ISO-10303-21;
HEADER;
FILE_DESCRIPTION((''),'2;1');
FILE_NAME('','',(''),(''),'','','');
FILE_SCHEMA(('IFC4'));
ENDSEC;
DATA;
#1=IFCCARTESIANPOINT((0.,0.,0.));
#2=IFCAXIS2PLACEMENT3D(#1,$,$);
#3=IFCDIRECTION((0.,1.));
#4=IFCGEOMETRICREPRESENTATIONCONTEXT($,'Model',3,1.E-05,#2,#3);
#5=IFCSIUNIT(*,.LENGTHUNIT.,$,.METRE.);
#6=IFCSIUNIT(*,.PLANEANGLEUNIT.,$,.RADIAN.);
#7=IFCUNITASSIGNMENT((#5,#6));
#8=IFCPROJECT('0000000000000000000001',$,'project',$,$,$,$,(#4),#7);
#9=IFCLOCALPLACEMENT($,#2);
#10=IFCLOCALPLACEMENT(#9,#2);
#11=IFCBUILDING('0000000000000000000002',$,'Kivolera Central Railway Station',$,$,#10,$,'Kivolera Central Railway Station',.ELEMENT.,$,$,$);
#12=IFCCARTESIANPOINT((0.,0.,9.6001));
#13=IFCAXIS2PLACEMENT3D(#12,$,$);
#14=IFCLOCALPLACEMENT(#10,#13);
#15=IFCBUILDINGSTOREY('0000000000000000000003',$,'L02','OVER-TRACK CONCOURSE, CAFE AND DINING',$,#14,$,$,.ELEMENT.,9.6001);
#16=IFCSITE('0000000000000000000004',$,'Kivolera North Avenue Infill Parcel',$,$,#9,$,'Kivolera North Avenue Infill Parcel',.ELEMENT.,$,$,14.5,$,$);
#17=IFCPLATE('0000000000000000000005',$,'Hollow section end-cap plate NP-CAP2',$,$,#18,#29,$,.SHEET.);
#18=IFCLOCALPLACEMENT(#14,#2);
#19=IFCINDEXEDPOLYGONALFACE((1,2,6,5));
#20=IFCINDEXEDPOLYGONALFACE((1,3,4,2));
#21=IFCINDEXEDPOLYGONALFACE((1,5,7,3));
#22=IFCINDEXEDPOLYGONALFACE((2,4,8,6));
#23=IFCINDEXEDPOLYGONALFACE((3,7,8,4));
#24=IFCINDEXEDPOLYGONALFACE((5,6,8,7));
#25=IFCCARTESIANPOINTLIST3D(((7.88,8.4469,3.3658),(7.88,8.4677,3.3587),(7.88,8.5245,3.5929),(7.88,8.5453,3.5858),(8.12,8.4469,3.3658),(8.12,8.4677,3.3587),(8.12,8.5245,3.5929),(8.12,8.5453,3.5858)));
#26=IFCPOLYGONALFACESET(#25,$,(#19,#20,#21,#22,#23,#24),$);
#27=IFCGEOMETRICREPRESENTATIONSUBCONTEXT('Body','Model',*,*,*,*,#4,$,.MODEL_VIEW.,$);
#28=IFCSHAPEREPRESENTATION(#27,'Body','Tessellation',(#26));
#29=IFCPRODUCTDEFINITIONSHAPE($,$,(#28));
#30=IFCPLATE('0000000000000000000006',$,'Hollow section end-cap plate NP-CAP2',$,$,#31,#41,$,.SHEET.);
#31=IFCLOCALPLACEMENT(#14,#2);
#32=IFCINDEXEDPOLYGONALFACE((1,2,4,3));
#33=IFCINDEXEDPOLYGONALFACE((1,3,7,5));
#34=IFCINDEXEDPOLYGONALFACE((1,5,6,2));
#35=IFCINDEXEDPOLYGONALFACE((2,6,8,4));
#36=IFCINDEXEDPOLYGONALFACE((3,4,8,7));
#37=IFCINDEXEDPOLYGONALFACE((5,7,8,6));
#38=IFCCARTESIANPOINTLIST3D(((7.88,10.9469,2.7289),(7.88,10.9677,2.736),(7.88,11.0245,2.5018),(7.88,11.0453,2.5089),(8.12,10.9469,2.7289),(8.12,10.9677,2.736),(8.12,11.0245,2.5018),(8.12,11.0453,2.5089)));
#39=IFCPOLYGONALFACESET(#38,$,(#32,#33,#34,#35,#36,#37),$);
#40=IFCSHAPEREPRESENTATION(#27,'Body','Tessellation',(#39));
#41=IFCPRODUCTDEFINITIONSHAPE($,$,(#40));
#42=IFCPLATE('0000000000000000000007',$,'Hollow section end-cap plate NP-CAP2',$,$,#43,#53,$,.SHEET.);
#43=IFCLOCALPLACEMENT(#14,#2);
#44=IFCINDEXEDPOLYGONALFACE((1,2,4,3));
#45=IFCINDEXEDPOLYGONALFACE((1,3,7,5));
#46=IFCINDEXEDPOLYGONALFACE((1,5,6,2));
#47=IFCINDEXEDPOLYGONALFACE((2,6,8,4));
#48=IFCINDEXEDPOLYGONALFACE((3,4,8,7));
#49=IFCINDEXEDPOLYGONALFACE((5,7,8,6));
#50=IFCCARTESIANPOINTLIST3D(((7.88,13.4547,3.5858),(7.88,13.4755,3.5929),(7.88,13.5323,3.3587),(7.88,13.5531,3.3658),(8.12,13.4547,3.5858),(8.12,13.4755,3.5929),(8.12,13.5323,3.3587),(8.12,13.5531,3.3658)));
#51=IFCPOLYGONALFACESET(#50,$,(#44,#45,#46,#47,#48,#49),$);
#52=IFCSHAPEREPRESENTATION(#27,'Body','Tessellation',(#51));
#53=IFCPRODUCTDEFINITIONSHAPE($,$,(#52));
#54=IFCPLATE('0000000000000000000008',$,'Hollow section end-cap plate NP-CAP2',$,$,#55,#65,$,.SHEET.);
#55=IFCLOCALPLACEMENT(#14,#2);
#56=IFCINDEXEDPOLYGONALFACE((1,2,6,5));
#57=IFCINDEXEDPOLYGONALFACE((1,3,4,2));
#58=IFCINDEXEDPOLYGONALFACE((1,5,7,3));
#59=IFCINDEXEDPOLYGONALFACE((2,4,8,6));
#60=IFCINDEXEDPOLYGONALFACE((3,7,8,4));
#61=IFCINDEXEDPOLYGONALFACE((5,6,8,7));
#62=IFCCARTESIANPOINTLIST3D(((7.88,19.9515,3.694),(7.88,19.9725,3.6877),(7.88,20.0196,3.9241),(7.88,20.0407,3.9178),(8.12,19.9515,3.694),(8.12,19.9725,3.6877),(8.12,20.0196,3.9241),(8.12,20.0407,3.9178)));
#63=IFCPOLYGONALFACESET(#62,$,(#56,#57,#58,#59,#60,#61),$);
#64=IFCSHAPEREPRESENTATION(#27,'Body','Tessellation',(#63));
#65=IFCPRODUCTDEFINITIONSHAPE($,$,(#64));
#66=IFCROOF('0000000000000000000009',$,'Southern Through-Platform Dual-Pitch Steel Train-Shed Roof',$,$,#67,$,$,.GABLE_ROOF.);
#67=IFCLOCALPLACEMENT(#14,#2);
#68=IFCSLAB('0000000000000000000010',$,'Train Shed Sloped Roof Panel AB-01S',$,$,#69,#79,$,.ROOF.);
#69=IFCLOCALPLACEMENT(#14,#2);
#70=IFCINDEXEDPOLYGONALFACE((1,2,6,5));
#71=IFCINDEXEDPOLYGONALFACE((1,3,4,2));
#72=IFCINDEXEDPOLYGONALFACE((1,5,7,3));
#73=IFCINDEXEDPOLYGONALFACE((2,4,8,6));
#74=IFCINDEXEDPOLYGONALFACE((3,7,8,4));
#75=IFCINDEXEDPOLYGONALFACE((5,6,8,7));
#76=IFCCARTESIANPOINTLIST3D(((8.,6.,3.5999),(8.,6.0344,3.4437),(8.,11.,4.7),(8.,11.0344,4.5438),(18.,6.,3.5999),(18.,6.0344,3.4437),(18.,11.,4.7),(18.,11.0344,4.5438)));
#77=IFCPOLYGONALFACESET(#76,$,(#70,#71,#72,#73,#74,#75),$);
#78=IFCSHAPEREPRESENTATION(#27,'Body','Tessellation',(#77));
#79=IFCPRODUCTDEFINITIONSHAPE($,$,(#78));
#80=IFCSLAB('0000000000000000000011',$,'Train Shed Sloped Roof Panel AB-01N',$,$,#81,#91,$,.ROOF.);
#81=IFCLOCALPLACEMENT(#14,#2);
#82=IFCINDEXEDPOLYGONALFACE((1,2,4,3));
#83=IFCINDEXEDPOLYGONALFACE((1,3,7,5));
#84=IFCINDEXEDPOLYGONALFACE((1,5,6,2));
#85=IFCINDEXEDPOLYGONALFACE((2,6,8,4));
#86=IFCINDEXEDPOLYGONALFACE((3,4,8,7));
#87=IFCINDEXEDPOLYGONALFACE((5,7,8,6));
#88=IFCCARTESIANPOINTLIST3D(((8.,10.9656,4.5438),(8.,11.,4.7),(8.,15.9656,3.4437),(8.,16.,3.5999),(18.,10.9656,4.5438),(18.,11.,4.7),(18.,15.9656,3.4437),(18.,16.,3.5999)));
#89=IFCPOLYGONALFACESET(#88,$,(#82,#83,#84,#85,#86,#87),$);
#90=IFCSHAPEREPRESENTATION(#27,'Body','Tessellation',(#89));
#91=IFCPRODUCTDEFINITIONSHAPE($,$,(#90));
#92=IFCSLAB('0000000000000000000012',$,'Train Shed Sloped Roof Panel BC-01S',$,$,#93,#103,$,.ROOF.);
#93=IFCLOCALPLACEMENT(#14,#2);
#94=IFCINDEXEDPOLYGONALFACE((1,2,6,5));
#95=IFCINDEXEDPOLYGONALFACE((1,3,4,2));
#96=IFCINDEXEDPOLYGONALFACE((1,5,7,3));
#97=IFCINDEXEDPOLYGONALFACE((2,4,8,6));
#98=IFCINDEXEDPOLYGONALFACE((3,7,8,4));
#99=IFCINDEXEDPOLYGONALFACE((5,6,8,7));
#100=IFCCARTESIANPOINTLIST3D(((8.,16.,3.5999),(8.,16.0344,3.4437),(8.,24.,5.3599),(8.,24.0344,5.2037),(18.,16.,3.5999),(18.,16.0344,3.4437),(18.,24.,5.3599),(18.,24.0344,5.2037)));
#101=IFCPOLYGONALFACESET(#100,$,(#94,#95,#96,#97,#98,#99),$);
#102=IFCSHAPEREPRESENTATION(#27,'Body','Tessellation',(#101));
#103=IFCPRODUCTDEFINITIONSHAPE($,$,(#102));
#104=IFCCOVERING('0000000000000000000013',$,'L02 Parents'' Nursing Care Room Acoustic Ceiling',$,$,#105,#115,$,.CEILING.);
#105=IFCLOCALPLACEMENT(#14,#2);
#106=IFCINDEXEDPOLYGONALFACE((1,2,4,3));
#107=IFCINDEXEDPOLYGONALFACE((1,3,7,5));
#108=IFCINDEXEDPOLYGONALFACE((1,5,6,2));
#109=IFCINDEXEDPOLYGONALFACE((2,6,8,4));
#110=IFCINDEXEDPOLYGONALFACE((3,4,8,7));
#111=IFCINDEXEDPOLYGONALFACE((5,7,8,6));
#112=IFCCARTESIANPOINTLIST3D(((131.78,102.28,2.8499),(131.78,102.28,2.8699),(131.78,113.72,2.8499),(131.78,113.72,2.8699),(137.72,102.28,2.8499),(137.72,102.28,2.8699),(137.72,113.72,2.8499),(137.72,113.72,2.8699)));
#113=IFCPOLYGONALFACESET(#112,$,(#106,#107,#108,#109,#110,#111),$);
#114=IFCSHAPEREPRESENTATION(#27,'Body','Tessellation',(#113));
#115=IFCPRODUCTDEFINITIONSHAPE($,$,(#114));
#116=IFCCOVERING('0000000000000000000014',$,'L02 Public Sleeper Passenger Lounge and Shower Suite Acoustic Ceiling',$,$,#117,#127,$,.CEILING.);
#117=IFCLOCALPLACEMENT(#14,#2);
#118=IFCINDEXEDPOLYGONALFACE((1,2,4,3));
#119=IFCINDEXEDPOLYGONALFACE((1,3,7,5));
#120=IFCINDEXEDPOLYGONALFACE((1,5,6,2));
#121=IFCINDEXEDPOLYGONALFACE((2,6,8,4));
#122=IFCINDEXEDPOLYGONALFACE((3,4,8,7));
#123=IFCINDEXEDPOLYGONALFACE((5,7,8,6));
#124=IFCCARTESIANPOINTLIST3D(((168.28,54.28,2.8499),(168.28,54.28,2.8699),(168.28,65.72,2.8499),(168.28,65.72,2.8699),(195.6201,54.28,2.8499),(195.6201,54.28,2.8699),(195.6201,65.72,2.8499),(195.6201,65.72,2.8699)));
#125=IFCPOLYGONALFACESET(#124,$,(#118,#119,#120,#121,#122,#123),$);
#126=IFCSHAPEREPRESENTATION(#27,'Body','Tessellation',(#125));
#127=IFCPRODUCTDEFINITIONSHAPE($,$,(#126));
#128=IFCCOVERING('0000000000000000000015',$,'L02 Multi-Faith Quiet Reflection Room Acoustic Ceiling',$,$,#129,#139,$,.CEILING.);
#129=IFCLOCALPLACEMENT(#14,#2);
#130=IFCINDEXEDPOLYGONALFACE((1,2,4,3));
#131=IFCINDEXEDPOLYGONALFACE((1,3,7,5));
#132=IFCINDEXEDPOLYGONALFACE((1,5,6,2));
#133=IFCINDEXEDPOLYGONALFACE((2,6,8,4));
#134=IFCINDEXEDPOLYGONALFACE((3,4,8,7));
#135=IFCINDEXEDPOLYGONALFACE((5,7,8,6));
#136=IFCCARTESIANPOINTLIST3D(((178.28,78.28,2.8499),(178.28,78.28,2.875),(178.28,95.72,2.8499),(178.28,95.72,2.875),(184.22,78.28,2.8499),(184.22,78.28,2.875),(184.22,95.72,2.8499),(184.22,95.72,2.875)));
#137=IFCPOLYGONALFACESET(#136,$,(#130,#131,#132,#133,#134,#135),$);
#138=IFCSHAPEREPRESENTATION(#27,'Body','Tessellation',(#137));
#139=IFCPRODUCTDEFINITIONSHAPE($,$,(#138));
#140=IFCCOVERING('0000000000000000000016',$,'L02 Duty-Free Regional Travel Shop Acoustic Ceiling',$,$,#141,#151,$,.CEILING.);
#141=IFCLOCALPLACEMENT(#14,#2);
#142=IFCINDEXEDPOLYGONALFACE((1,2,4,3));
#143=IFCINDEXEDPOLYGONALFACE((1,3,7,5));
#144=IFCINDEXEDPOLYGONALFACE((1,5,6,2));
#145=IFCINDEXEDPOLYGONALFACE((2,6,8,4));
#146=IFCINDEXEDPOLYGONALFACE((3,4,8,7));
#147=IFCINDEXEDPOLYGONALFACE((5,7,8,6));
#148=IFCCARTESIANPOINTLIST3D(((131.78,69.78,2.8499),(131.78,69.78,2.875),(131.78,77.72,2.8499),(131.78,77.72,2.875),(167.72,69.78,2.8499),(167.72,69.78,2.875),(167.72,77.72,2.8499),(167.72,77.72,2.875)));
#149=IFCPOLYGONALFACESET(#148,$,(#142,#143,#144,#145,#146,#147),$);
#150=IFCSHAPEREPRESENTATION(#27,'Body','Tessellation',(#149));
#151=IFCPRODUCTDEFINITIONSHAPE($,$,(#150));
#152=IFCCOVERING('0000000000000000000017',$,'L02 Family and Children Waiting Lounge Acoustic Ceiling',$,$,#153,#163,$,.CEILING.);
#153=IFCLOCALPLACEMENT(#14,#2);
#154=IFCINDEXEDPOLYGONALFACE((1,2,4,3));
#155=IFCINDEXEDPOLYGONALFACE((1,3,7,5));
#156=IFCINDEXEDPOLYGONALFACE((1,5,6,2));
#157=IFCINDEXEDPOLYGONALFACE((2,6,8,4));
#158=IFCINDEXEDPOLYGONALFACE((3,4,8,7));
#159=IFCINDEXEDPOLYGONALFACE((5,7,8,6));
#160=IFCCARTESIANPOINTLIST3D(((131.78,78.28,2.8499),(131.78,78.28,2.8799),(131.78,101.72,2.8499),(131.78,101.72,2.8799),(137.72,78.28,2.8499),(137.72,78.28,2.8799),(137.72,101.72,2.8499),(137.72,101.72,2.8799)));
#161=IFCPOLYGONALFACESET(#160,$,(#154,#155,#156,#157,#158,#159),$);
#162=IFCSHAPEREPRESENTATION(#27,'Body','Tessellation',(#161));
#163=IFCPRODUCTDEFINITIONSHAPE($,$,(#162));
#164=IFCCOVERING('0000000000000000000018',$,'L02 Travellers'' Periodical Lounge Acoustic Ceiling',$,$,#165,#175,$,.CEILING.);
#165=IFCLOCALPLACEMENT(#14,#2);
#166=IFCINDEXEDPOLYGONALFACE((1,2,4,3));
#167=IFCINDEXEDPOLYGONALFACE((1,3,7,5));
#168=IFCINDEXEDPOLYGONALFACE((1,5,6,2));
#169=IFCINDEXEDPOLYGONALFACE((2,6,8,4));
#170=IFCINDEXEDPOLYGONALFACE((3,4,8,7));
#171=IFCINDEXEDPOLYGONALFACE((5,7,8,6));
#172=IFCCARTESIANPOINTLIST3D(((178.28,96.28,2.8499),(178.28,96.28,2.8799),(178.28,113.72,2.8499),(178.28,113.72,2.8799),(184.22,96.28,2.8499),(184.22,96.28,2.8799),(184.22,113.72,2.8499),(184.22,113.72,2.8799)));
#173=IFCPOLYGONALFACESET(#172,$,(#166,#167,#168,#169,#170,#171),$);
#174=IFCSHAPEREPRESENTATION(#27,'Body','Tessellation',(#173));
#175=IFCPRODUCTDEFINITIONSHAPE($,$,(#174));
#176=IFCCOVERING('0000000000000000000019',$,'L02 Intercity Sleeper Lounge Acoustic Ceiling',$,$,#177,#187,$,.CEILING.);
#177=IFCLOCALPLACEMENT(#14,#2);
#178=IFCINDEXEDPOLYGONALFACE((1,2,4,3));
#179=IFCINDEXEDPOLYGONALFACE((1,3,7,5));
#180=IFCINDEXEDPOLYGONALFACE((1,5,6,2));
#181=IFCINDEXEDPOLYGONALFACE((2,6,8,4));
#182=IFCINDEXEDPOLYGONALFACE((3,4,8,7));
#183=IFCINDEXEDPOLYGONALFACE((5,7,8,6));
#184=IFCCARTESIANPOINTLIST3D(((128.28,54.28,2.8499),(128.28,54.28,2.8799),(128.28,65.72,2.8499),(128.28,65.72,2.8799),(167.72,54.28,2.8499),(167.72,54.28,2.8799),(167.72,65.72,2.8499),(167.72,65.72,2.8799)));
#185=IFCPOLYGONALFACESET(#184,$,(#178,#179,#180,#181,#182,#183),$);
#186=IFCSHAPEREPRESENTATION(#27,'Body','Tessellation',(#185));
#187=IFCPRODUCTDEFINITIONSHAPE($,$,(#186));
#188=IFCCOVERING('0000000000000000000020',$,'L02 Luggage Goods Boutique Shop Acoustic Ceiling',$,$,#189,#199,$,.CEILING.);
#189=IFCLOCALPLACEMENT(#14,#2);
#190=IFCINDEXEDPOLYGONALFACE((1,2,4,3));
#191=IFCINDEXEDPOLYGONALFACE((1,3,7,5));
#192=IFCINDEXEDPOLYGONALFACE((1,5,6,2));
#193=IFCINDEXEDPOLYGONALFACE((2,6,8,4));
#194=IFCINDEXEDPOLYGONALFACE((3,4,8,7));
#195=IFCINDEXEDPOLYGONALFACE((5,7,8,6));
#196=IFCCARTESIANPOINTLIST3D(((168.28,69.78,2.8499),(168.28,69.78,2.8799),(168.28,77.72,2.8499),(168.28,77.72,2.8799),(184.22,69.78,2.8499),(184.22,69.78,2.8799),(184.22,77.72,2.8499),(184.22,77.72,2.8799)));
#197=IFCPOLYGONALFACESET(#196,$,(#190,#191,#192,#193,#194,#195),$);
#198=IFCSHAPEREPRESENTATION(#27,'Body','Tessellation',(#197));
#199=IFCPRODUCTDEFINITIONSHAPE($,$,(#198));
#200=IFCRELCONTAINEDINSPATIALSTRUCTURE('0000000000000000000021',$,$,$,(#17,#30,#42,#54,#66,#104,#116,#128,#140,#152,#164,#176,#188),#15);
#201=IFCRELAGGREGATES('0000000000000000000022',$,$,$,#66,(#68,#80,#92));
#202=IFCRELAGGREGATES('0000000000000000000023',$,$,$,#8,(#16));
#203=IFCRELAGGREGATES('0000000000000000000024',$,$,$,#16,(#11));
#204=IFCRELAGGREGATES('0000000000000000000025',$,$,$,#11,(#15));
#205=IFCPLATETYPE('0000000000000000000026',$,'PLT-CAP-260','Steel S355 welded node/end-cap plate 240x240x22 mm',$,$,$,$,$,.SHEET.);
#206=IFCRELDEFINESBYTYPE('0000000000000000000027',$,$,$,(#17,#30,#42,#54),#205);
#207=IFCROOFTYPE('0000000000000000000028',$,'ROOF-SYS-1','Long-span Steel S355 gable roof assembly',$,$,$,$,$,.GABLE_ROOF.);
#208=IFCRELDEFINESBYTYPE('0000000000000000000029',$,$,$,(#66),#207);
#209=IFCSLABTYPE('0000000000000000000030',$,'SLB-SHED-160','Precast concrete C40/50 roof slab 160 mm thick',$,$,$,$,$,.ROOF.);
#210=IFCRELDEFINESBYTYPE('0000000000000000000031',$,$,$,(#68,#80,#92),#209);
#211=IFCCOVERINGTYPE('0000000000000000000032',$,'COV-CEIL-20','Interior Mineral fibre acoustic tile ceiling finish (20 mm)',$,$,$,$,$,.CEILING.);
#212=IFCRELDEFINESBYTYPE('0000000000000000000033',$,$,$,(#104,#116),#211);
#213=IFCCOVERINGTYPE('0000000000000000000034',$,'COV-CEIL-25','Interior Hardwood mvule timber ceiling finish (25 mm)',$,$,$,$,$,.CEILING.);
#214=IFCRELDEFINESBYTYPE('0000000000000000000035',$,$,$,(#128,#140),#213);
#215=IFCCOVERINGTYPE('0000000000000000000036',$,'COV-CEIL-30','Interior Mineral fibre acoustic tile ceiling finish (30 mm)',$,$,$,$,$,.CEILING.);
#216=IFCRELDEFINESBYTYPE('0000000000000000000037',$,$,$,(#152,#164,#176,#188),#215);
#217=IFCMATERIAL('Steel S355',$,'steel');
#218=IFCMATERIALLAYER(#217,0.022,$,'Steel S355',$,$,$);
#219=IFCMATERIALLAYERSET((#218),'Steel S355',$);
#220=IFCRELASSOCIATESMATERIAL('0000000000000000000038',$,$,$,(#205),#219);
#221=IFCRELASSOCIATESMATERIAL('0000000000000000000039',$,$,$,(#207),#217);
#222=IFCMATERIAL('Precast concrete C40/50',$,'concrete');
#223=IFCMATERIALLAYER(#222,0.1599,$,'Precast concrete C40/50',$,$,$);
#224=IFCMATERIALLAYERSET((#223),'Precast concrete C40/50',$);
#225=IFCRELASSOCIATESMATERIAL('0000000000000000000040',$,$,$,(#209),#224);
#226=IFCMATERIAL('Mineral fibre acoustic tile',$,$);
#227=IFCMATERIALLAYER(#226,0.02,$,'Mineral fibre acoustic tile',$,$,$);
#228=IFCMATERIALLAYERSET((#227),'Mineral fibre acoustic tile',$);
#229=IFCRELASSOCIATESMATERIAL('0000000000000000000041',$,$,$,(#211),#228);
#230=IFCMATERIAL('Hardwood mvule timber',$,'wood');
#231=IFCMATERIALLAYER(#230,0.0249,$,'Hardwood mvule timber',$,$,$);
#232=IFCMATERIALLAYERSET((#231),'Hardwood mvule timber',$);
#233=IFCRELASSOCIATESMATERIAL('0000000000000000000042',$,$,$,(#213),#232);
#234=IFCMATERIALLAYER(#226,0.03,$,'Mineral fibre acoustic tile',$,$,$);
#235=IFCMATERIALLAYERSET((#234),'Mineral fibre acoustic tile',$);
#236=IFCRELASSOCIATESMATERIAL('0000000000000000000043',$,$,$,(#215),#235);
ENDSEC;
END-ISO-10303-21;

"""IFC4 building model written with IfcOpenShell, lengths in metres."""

from ifc_helpers import new_model, si_unit, direction, frame, origin, origin_2d, place, context, subcontext, project, spatial, polyline, rectangle, outline, extrude, material, layer, layer_set, type_object, element, aggregate, save


model = new_model("IFC4")

# Units and contexts
model_context = context("Model", 3, precision=1e-05, world=origin(), true_north=direction((0.0, 1.0)))
body_context = subcontext(model_context, "Body", "Model", "MODEL_VIEW")
ifc_project = project(units=[si_unit("LENGTHUNIT", "METRE"), si_unit("PLANEANGLEUNIT", "RADIAN")], contexts=[model_context])

# Site, building, storey
site_placement = place(None, origin())
site = spatial("IfcSite", under=ifc_project, at=site_placement, Name="Kivolera North Avenue Infill Parcel", LongName="Kivolera North Avenue Infill Parcel", CompositionType="ELEMENT", RefElevation=14.5)
building_placement = place(site_placement, origin())
building = spatial("IfcBuilding", under=site, at=building_placement, Name="Kivolera Central Railway Station", LongName="Kivolera Central Railway Station", CompositionType="ELEMENT")
storey_placement = place(building_placement, frame((0.0, 0.0, 9.6001)))
storey = spatial("IfcBuildingStorey", under=building, at=storey_placement, Name="L02", Description="OVER-TRACK CONCOURSE, CAFE AND DINING", CompositionType="ELEMENT", Elevation=9.6001)

# Shared definitions
ifc_material_1 = material(Name="Steel S355", Category="steel")

# Plates
ifc_layer_1 = layer(ifc_material_1, 0.022, Name="Steel S355")
ifc_layer_set_1 = layer_set([ifc_layer_1], Name="Steel S355")
plate_type = type_object("IfcPlateType", Name="PLT-CAP-260", Description="Steel S355 welded node/end-cap plate 240x240x22 mm", PredefinedType="SHEET", material=ifc_layer_set_1)
for number, where, z_axis, x_axis, name in (
    (1, (8.0, 8.4961, 3.4758), (0.0, -0.946194, 0.323599), (1.0, 0.0, 0.0), "Hollow section end-cap plate NP-CAP2"),
    (2, (8.0, 10.9961, 2.6189), (0.0, 0.946194, 0.323599), (-1.0, 0.0, 0.0), "Hollow section end-cap plate NP-CAP2"),
    (3, (8.0, 13.5039, 3.4758), (0.0, 0.946194, 0.323599), (-1.0, 0.0, 0.0), "Hollow section end-cap plate NP-CAP2"),
    (4, (8.0, 19.9961, 3.8059), (0.0, -0.95881, 0.284048), (1.0, 0.0, 0.0), "Hollow section end-cap plate NP-CAP2"),
):
    element("IfcPlate", number, at=place(storey_placement, frame(where, z_axis=z_axis, x_axis=x_axis)), inside=storey, type_object=plate_type, Name=name, PredefinedType="SHEET", context=body_context, shape_type="SweptSolid", body=[
        extrude(rectangle(XDim=0.24, YDim=0.24, at=origin_2d()), frame((0.0, 0.0, -0.011)), (0.0, 0.0, 1.0), 0.022),
    ])

# Roof, slabs
roof_type = type_object("IfcRoofType", Name="ROOF-SYS-1", Description="Long-span Steel S355 gable roof assembly", PredefinedType="GABLE_ROOF", material=ifc_material_1)
roof_placement = place(storey_placement, origin())
roof = element("IfcRoof", 5, at=roof_placement, inside=storey, type_object=roof_type, Name="Southern Through-Platform Dual-Pitch Steel Train-Shed Roof", PredefinedType="GABLE_ROOF")
ifc_material_2 = material(Name="Precast concrete C40/50", Category="concrete")
ifc_layer_2 = layer(ifc_material_2, 0.1599, Name="Precast concrete C40/50")
ifc_layer_set_2 = layer_set([ifc_layer_2], Name="Precast concrete C40/50")
slab_type = type_object("IfcSlabType", Name="SLB-SHED-160", Description="Precast concrete C40/50 roof slab 160 mm thick", PredefinedType="ROOF", material=ifc_layer_set_2)
slab_1_placement = place(storey_placement, frame((8.0, 6.0, 3.5999), z_axis=(0.0, -0.21488, 0.97664), x_axis=(1.0, 0.0, 0.0)))
slab_1 = element("IfcSlab", 6, at=slab_1_placement, type_object=slab_type, Name="Train Shed Sloped Roof Panel AB-01S", PredefinedType="ROOF", context=body_context, shape_type="SweptSolid", body=[
    extrude(outline(polyline([(0.0, 0.0), (10.0, 0.0), (10.0, 5.1196), (0.0, 5.1196), (0.0, 0.0)])), origin(), (0.0, 0.0, -1.0), 0.1599),
])
slab_2_placement = place(storey_placement, frame((8.0, 11.0, 4.7), z_axis=(0.0, 0.21488, 0.97664), x_axis=(1.0, 0.0, 0.0)))
slab_2 = element("IfcSlab", 7, at=slab_2_placement, type_object=slab_type, Name="Train Shed Sloped Roof Panel AB-01N", PredefinedType="ROOF", context=body_context, shape_type="SweptSolid", body=[
    extrude(outline(polyline([(0.0, 0.0), (10.0, 0.0), (10.0, 5.1196), (0.0, 5.1196), (0.0, 0.0)])), origin(), (0.0, 0.0, -1.0), 0.1599),
])
slab_3_placement = place(storey_placement, frame((8.0, 16.0, 3.5999), z_axis=(0.0, -0.214863, 0.976644), x_axis=(1.0, 0.0, 0.0)))
slab_3 = element("IfcSlab", 8, at=slab_3_placement, type_object=slab_type, Name="Train Shed Sloped Roof Panel BC-01S", PredefinedType="ROOF", context=body_context, shape_type="SweptSolid", body=[
    extrude(outline(polyline([(0.0, 0.0), (10.0, 0.0), (10.0, 8.1913), (0.0, 8.1913), (0.0, 0.0)])), origin(), (0.0, 0.0, -1.0), 0.1599),
])
aggregate(roof, [slab_1, slab_2, slab_3])

# Coverings
ifc_material_3 = material(Name="Mineral fibre acoustic tile")
ifc_layer_3 = layer(ifc_material_3, 0.02, Name="Mineral fibre acoustic tile")
ifc_layer_set_3 = layer_set([ifc_layer_3], Name="Mineral fibre acoustic tile")
covering_type_1 = type_object("IfcCoveringType", Name="COV-CEIL-20", Description="Interior Mineral fibre acoustic tile ceiling finish (20 mm)", PredefinedType="CEILING", material=ifc_layer_set_3)
covering_1_placement = place(storey_placement, frame((0.0, 0.0, 2.8499)))
element("IfcCovering", 9, at=covering_1_placement, inside=storey, type_object=covering_type_1, Name="L02 Parents' Nursing Care Room Acoustic Ceiling", PredefinedType="CEILING", context=body_context, shape_type="SweptSolid", body=[
    extrude(outline(polyline([(131.78, 102.28), (137.72, 102.28), (137.72, 113.72), (131.78, 113.72), (131.78, 102.28)])), origin(), (0.0, 0.0, 1.0), 0.02),
])
covering_2_placement = place(storey_placement, frame((0.0, 0.0, 2.8499)))
element("IfcCovering", 10, at=covering_2_placement, inside=storey, type_object=covering_type_1, Name="L02 Public Sleeper Passenger Lounge and Shower Suite Acoustic Ceiling", PredefinedType="CEILING", context=body_context, shape_type="SweptSolid", body=[
    extrude(outline(polyline([(168.28, 54.28), (195.6201, 54.28), (195.6201, 65.72), (168.28, 65.72), (168.28, 54.28)])), origin(), (0.0, 0.0, 1.0), 0.02),
])
ifc_material_4 = material(Name="Hardwood mvule timber", Category="wood")
ifc_layer_4 = layer(ifc_material_4, 0.0249, Name="Hardwood mvule timber")
ifc_layer_set_4 = layer_set([ifc_layer_4], Name="Hardwood mvule timber")
covering_type_2 = type_object("IfcCoveringType", Name="COV-CEIL-25", Description="Interior Hardwood mvule timber ceiling finish (25 mm)", PredefinedType="CEILING", material=ifc_layer_set_4)
covering_3_placement = place(storey_placement, frame((0.0, 0.0, 2.8499)))
element("IfcCovering", 11, at=covering_3_placement, inside=storey, type_object=covering_type_2, Name="L02 Multi-Faith Quiet Reflection Room Acoustic Ceiling", PredefinedType="CEILING", context=body_context, shape_type="SweptSolid", body=[
    extrude(outline(polyline([(178.28, 78.28), (184.22, 78.28), (184.22, 95.72), (178.28, 95.72), (178.28, 78.28)])), origin(), (0.0, 0.0, 1.0), 0.0251),
])
covering_4_placement = place(storey_placement, frame((0.0, 0.0, 2.8499)))
element("IfcCovering", 12, at=covering_4_placement, inside=storey, type_object=covering_type_2, Name="L02 Duty-Free Regional Travel Shop Acoustic Ceiling", PredefinedType="CEILING", context=body_context, shape_type="SweptSolid", body=[
    extrude(outline(polyline([(131.78, 69.78), (167.72, 69.78), (167.72, 77.72), (131.78, 77.72), (131.78, 69.78)])), origin(), (0.0, 0.0, 1.0), 0.0251),
])
ifc_layer_5 = layer(ifc_material_3, 0.03, Name="Mineral fibre acoustic tile")
ifc_layer_set_5 = layer_set([ifc_layer_5], Name="Mineral fibre acoustic tile")
covering_type_3 = type_object("IfcCoveringType", Name="COV-CEIL-30", Description="Interior Mineral fibre acoustic tile ceiling finish (30 mm)", PredefinedType="CEILING", material=ifc_layer_set_5)
covering_5_placement = place(storey_placement, frame((0.0, 0.0, 2.8499)))
element("IfcCovering", 13, at=covering_5_placement, inside=storey, type_object=covering_type_3, Name="L02 Family and Children Waiting Lounge Acoustic Ceiling", PredefinedType="CEILING", context=body_context, shape_type="SweptSolid", body=[
    extrude(outline(polyline([(131.78, 78.28), (137.72, 78.28), (137.72, 101.72), (131.78, 101.72), (131.78, 78.28)])), origin(), (0.0, 0.0, 1.0), 0.03),
])
covering_6_placement = place(storey_placement, frame((0.0, 0.0, 2.8499)))
element("IfcCovering", 14, at=covering_6_placement, inside=storey, type_object=covering_type_3, Name="L02 Travellers' Periodical Lounge Acoustic Ceiling", PredefinedType="CEILING", context=body_context, shape_type="SweptSolid", body=[
    extrude(outline(polyline([(178.28, 96.28), (184.22, 96.28), (184.22, 113.72), (178.28, 113.72), (178.28, 96.28)])), origin(), (0.0, 0.0, 1.0), 0.03),
])
covering_7_placement = place(storey_placement, frame((0.0, 0.0, 2.8499)))
element("IfcCovering", 15, at=covering_7_placement, inside=storey, type_object=covering_type_3, Name="L02 Intercity Sleeper Lounge Acoustic Ceiling", PredefinedType="CEILING", context=body_context, shape_type="SweptSolid", body=[
    extrude(outline(polyline([(128.28, 54.28), (167.72, 54.28), (167.72, 65.72), (128.28, 65.72), (128.28, 54.28)])), origin(), (0.0, 0.0, 1.0), 0.03),
])
covering_8_placement = place(storey_placement, frame((0.0, 0.0, 2.8499)))
element("IfcCovering", 16, at=covering_8_placement, inside=storey, type_object=covering_type_3, Name="L02 Luggage Goods Boutique Shop Acoustic Ceiling", PredefinedType="CEILING", context=body_context, shape_type="SweptSolid", body=[
    extrude(outline(polyline([(168.28, 69.78), (184.22, 69.78), (184.22, 77.72), (168.28, 77.72), (168.28, 69.78)])), origin(), (0.0, 0.0, 1.0), 0.03),
])

save(model, "model.ifc")
